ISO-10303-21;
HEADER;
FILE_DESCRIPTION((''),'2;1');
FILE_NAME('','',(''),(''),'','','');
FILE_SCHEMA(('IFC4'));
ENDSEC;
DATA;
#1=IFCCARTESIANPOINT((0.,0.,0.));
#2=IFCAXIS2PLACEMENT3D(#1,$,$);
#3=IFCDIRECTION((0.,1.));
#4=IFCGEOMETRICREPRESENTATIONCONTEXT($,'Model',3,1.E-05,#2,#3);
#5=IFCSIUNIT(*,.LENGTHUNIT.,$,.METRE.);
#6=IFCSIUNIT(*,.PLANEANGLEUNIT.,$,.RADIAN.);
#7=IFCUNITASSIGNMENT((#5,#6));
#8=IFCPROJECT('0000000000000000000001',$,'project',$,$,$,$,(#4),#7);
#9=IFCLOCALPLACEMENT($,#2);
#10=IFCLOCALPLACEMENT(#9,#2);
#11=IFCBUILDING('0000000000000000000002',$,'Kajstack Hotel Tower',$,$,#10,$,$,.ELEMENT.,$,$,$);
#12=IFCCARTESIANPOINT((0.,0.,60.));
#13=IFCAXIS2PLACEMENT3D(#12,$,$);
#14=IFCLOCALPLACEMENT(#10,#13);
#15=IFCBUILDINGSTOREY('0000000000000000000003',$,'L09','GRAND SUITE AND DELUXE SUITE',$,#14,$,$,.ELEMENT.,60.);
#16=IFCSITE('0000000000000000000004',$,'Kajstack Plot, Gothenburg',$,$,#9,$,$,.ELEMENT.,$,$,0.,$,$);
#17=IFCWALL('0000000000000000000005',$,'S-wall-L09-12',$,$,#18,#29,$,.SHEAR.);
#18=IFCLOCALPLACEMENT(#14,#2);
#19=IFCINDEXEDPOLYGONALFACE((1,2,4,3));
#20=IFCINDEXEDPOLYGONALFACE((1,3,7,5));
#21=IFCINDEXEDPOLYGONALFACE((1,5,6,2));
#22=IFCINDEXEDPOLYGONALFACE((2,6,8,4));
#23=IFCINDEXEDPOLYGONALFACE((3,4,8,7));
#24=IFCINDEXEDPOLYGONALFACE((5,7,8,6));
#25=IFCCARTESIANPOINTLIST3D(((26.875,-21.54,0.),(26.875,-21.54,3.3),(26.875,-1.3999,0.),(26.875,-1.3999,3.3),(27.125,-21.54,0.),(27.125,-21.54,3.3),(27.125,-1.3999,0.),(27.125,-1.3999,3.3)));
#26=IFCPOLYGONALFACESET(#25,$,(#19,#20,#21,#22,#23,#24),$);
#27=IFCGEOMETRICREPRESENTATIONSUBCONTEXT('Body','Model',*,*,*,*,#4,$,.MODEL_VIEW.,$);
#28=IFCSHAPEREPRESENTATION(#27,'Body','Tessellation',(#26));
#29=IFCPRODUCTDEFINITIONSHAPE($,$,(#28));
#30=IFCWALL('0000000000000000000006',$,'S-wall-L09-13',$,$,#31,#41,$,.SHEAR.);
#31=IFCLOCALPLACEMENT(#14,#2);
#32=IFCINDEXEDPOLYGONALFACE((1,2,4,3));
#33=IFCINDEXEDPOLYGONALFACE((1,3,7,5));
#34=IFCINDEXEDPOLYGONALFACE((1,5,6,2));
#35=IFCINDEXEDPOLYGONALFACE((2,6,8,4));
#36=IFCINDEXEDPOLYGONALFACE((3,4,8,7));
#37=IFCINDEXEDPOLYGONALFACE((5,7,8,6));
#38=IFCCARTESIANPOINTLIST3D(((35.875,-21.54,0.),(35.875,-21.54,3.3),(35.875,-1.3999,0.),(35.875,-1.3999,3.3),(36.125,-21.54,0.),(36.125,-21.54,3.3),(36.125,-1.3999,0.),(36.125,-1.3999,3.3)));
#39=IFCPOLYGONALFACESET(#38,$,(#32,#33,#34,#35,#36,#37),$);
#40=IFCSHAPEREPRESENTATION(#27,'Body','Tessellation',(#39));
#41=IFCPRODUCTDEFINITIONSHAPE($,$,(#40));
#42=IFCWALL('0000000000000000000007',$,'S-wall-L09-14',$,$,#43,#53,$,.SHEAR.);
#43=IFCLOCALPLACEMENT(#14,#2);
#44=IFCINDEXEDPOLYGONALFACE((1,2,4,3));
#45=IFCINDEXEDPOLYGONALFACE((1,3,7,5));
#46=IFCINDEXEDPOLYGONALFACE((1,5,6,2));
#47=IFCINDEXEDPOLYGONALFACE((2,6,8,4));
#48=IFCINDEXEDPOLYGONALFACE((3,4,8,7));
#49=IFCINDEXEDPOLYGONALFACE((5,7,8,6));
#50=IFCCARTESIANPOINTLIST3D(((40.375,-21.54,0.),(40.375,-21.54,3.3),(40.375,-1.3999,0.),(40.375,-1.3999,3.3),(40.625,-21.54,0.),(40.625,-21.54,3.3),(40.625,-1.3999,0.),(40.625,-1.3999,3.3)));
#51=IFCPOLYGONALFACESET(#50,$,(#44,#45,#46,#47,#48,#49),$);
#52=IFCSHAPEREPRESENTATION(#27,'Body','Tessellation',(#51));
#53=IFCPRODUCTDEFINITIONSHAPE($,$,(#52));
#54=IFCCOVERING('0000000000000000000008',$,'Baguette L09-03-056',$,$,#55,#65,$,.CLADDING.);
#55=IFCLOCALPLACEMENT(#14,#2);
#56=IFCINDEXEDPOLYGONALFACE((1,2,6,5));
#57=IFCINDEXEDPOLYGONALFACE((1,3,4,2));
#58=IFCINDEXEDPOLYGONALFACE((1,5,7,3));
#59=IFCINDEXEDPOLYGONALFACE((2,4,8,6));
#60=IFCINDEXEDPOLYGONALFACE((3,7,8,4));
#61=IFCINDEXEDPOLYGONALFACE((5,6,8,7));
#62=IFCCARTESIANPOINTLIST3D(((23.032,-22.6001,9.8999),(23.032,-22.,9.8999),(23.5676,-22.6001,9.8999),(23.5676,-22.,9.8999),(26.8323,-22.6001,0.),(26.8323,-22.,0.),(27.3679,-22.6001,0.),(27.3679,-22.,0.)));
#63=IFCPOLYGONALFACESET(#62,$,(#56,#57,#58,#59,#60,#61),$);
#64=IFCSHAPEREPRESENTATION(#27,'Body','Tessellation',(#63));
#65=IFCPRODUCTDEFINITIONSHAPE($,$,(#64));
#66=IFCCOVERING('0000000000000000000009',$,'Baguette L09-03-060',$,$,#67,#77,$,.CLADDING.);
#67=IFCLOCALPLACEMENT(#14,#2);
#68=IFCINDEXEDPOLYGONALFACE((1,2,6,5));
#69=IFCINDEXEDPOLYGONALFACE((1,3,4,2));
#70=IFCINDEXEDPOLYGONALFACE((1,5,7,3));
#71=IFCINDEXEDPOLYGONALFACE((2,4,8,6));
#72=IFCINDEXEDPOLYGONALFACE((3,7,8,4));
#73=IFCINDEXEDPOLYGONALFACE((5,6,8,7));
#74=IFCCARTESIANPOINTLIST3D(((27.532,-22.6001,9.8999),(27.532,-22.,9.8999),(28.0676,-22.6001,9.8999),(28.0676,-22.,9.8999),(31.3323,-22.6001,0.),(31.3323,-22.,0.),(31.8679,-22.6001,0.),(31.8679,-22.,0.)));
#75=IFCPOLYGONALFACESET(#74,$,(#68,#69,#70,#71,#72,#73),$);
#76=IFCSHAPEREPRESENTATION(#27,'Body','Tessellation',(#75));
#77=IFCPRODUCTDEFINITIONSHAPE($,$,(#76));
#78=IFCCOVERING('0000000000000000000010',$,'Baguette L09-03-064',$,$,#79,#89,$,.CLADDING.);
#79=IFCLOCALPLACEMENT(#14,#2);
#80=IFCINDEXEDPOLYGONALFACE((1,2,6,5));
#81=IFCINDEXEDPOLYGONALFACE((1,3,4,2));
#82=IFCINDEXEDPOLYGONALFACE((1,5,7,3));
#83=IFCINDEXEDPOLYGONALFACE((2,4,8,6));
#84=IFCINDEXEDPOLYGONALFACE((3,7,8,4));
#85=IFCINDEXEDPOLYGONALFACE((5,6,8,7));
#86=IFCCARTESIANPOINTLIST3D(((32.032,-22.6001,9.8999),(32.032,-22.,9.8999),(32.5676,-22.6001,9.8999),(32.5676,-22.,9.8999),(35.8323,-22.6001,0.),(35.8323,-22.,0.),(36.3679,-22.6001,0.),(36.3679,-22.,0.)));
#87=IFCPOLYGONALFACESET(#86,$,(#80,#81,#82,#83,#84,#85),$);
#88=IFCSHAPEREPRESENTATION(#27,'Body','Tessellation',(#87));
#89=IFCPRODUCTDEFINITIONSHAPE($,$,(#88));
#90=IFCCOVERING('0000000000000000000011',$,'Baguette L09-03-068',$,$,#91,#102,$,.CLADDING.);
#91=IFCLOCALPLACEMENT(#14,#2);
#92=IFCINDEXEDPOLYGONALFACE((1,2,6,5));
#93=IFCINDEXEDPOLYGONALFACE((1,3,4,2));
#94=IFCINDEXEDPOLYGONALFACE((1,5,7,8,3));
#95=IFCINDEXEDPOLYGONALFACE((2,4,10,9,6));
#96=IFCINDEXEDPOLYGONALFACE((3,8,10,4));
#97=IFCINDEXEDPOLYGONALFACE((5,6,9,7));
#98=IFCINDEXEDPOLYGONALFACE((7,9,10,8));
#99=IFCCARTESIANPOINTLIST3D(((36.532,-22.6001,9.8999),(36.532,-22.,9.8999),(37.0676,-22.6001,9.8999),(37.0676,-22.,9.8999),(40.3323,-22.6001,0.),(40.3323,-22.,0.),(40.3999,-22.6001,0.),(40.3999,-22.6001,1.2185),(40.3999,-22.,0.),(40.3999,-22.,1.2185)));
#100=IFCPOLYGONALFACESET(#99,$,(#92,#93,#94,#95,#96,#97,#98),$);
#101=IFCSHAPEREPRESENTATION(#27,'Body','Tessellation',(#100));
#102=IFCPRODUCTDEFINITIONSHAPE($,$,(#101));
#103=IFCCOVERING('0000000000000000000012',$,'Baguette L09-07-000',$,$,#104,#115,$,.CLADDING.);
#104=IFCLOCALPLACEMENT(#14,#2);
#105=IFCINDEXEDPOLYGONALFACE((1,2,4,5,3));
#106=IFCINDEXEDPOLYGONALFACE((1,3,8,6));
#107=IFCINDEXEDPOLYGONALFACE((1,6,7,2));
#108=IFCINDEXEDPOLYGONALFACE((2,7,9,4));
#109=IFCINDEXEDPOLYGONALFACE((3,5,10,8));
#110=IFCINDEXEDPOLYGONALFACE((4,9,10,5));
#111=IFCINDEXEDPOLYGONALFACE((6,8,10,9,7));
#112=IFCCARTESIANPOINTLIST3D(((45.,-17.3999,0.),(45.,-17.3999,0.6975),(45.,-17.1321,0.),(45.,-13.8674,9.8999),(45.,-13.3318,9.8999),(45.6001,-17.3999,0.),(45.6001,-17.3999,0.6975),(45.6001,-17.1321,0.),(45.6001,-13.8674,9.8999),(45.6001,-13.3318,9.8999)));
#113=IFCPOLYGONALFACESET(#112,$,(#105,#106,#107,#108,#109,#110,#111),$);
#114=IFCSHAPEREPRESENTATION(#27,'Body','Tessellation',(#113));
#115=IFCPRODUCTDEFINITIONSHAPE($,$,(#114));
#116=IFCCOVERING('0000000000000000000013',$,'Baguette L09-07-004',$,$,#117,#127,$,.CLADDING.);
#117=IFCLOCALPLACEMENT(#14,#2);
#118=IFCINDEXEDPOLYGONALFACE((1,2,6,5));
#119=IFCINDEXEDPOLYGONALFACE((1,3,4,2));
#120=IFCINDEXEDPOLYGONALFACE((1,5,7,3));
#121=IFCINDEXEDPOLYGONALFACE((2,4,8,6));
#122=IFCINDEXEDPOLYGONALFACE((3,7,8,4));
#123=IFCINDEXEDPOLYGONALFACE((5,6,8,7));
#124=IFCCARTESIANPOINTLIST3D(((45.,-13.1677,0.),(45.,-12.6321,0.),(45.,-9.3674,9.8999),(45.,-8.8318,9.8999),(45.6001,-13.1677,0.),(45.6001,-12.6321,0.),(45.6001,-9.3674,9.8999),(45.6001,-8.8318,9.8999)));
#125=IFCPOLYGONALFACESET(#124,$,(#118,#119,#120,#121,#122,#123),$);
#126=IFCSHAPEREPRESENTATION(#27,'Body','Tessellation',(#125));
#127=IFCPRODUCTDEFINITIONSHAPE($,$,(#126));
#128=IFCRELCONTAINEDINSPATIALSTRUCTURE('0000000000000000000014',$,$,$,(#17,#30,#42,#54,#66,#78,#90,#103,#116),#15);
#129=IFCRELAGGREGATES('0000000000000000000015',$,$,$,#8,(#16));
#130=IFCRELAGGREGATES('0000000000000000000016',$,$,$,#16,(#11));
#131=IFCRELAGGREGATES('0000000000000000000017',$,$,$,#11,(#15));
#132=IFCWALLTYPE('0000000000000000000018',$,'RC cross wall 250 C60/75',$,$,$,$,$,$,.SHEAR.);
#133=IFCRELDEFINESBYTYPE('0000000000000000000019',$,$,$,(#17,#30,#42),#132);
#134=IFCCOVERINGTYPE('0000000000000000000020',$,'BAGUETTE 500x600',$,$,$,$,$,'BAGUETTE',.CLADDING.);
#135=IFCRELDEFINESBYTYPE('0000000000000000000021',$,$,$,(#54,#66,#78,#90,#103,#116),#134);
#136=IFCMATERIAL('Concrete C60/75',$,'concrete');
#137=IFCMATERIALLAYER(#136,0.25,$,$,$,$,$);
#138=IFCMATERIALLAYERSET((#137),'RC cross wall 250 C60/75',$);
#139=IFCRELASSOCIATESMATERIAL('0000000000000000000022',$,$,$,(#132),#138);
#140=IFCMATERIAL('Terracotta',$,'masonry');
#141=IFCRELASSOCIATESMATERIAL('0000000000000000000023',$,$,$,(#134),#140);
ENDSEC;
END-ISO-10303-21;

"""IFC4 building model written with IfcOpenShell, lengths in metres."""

from ifc_helpers import new_model, si_unit, direction, frame, frame_2d, origin, origin_2d, place, context, subcontext, project, spatial, polyline, rectangle, outline, extrude, material, layer, layer_set, material_profile, profile_set, type_object, element, save


model = new_model("IFC4")

# Units and contexts
model_context = context("Model", 3, precision=1e-05, world=origin(), true_north=direction((0.0, 1.0)))
body_context = subcontext(model_context, "Body", "Model", "MODEL_VIEW")
ifc_project = project(units=[si_unit("LENGTHUNIT", "METRE"), si_unit("PLANEANGLEUNIT", "RADIAN")], contexts=[model_context])

# Site, building, storey
site_placement = place(None, origin())
site = spatial("IfcSite", under=ifc_project, at=site_placement, Name="Kajstack Plot, Gothenburg", CompositionType="ELEMENT", RefElevation=0.0)
building_placement = place(site_placement, origin())
building = spatial("IfcBuilding", under=site, at=building_placement, Name="Kajstack Hotel Tower", CompositionType="ELEMENT")
storey_placement = place(building_placement, frame((0.0, 0.0, 60.0)))
storey = spatial("IfcBuildingStorey", under=building, at=storey_placement, Name="L09", Description="GRAND SUITE AND DELUXE SUITE", CompositionType="ELEMENT", Elevation=60.0)

# Walls
ifc_material_1 = material(Name="Concrete C60/75", Category="concrete")
ifc_layer_1 = layer(ifc_material_1, 0.25)
ifc_layer_set_1 = layer_set([ifc_layer_1], Name="RC cross wall 250 C60/75")
wall_type_1 = type_object("IfcWallType", Name="RC cross wall 250 C60/75", PredefinedType="SHEAR", material=ifc_layer_set_1)
for number, where, z_axis, x_axis, name in (
    (1, (27.0, -21.54, 0.0), (0.0, 0.0, 1.0), (0.0, 1.0, 0.0), "S-wall-L09-12"),
    (2, (36.0, -21.54, 0.0), (0.0, 0.0, 1.0), (0.0, 1.0, 0.0), "S-wall-L09-13"),
    (3, (40.5, -21.54, 0.0), (0.0, 0.0, 1.0), (0.0, 1.0, 0.0), "S-wall-L09-14"),
):
    element("IfcWall", number, at=place(storey_placement, frame(where, z_axis=z_axis, x_axis=x_axis)), inside=storey, type_object=wall_type_1, Name=name, PredefinedType="SHEAR", context=body_context, shape_type="SweptSolid", body=[
        extrude(rectangle(XDim=20.1401, YDim=0.25, at=frame_2d((10.0701, 0.0))), origin(), (0.0, 0.0, 1.0), 3.3),
    ])

# Coverings
ifc_material_2 = material(Name="Terracotta", Category="masonry")
ifc_material_profile = material_profile(ifc_material_2, rectangle(XDim=0.6001, YDim=0.5, at=origin_2d()), Name="Terracotta-clad concrete baguette 500 x 600")
ifc_profile_set = profile_set([ifc_material_profile], Name="Terracotta")
covering_type = type_object("IfcCoveringType", Name="BAGUETTE 500x600", ElementType="BAGUETTE", PredefinedType="CLADDING", material=ifc_profile_set)
for number, where, z_axis, x_axis, name in (
    (4, (23.032, -22.0, 0.0), (0.0, -1.0, 0.0), (1.0, 0.0, 0.0), "Baguette L09-03-056"),
    (5, (27.532, -22.0, 0.0), (0.0, -1.0, 0.0), (1.0, 0.0, 0.0), "Baguette L09-03-060"),
    (6, (32.032, -22.0, 0.0), (0.0, -1.0, 0.0), (1.0, 0.0, 0.0), "Baguette L09-03-064"),
):
    element("IfcCovering", number, at=place(storey_placement, frame(where, z_axis=z_axis, x_axis=x_axis)), inside=storey, type_object=covering_type, Name=name, PredefinedType="CLADDING", context=body_context, shape_type="SweptSolid", body=[
        extrude(outline(polyline([(0.0, 9.8999), (3.8003, 0.0), (4.3359, 0.0), (0.5356, 9.8999), (0.0, 9.8999)])), origin(), (0.0, 0.0, 1.0), 0.6001),
    ])
covering_1_placement = place(storey_placement, frame((36.532, -22.0, 0.0), z_axis=(0.0, -1.0, 0.0), x_axis=(1.0, 0.0, 0.0)))
element("IfcCovering", 7, at=covering_1_placement, inside=storey, type_object=covering_type, Name="Baguette L09-03-068", PredefinedType="CLADDING", context=body_context, shape_type="SweptSolid", body=[
    extrude(outline(polyline([(3.8003, 0.0), (3.8679, 0.0), (3.8679, 1.2185), (0.5356, 9.8999), (0.0, 9.8999), (3.8003, 0.0)])), origin(), (0.0, 0.0, 1.0), 0.6001),
])
covering_2_placement = place(storey_placement, frame((45.0, -17.3999, 0.0), z_axis=(1.0, 0.0, 0.0), x_axis=(0.0, 1.0, 0.0)))
element("IfcCovering", 8, at=covering_2_placement, inside=storey, type_object=covering_type, Name="Baguette L09-07-000", PredefinedType="CLADDING", context=body_context, shape_type="SweptSolid", body=[
    extrude(outline(polyline([(3.5325, 9.8999), (0.0, 0.6975), (0.0, 0.0), (0.2678, 0.0), (4.0681, 9.8999), (3.5325, 9.8999)])), origin(), (0.0, 0.0, 1.0), 0.6001),
])
covering_3_placement = place(storey_placement, frame((45.0, -13.1677, 0.0), z_axis=(1.0, 0.0, 0.0), x_axis=(0.0, 1.0, 0.0)))
element("IfcCovering", 9, at=covering_3_placement, inside=storey, type_object=covering_type, Name="Baguette L09-07-004", PredefinedType="CLADDING", context=body_context, shape_type="SweptSolid", body=[
    extrude(outline(polyline([(3.8003, 9.8999), (0.0, 0.0), (0.5356, 0.0), (4.3359, 9.8999), (3.8003, 9.8999)])), origin(), (0.0, 0.0, 1.0), 0.6001),
])

save(model, "model.ifc")
